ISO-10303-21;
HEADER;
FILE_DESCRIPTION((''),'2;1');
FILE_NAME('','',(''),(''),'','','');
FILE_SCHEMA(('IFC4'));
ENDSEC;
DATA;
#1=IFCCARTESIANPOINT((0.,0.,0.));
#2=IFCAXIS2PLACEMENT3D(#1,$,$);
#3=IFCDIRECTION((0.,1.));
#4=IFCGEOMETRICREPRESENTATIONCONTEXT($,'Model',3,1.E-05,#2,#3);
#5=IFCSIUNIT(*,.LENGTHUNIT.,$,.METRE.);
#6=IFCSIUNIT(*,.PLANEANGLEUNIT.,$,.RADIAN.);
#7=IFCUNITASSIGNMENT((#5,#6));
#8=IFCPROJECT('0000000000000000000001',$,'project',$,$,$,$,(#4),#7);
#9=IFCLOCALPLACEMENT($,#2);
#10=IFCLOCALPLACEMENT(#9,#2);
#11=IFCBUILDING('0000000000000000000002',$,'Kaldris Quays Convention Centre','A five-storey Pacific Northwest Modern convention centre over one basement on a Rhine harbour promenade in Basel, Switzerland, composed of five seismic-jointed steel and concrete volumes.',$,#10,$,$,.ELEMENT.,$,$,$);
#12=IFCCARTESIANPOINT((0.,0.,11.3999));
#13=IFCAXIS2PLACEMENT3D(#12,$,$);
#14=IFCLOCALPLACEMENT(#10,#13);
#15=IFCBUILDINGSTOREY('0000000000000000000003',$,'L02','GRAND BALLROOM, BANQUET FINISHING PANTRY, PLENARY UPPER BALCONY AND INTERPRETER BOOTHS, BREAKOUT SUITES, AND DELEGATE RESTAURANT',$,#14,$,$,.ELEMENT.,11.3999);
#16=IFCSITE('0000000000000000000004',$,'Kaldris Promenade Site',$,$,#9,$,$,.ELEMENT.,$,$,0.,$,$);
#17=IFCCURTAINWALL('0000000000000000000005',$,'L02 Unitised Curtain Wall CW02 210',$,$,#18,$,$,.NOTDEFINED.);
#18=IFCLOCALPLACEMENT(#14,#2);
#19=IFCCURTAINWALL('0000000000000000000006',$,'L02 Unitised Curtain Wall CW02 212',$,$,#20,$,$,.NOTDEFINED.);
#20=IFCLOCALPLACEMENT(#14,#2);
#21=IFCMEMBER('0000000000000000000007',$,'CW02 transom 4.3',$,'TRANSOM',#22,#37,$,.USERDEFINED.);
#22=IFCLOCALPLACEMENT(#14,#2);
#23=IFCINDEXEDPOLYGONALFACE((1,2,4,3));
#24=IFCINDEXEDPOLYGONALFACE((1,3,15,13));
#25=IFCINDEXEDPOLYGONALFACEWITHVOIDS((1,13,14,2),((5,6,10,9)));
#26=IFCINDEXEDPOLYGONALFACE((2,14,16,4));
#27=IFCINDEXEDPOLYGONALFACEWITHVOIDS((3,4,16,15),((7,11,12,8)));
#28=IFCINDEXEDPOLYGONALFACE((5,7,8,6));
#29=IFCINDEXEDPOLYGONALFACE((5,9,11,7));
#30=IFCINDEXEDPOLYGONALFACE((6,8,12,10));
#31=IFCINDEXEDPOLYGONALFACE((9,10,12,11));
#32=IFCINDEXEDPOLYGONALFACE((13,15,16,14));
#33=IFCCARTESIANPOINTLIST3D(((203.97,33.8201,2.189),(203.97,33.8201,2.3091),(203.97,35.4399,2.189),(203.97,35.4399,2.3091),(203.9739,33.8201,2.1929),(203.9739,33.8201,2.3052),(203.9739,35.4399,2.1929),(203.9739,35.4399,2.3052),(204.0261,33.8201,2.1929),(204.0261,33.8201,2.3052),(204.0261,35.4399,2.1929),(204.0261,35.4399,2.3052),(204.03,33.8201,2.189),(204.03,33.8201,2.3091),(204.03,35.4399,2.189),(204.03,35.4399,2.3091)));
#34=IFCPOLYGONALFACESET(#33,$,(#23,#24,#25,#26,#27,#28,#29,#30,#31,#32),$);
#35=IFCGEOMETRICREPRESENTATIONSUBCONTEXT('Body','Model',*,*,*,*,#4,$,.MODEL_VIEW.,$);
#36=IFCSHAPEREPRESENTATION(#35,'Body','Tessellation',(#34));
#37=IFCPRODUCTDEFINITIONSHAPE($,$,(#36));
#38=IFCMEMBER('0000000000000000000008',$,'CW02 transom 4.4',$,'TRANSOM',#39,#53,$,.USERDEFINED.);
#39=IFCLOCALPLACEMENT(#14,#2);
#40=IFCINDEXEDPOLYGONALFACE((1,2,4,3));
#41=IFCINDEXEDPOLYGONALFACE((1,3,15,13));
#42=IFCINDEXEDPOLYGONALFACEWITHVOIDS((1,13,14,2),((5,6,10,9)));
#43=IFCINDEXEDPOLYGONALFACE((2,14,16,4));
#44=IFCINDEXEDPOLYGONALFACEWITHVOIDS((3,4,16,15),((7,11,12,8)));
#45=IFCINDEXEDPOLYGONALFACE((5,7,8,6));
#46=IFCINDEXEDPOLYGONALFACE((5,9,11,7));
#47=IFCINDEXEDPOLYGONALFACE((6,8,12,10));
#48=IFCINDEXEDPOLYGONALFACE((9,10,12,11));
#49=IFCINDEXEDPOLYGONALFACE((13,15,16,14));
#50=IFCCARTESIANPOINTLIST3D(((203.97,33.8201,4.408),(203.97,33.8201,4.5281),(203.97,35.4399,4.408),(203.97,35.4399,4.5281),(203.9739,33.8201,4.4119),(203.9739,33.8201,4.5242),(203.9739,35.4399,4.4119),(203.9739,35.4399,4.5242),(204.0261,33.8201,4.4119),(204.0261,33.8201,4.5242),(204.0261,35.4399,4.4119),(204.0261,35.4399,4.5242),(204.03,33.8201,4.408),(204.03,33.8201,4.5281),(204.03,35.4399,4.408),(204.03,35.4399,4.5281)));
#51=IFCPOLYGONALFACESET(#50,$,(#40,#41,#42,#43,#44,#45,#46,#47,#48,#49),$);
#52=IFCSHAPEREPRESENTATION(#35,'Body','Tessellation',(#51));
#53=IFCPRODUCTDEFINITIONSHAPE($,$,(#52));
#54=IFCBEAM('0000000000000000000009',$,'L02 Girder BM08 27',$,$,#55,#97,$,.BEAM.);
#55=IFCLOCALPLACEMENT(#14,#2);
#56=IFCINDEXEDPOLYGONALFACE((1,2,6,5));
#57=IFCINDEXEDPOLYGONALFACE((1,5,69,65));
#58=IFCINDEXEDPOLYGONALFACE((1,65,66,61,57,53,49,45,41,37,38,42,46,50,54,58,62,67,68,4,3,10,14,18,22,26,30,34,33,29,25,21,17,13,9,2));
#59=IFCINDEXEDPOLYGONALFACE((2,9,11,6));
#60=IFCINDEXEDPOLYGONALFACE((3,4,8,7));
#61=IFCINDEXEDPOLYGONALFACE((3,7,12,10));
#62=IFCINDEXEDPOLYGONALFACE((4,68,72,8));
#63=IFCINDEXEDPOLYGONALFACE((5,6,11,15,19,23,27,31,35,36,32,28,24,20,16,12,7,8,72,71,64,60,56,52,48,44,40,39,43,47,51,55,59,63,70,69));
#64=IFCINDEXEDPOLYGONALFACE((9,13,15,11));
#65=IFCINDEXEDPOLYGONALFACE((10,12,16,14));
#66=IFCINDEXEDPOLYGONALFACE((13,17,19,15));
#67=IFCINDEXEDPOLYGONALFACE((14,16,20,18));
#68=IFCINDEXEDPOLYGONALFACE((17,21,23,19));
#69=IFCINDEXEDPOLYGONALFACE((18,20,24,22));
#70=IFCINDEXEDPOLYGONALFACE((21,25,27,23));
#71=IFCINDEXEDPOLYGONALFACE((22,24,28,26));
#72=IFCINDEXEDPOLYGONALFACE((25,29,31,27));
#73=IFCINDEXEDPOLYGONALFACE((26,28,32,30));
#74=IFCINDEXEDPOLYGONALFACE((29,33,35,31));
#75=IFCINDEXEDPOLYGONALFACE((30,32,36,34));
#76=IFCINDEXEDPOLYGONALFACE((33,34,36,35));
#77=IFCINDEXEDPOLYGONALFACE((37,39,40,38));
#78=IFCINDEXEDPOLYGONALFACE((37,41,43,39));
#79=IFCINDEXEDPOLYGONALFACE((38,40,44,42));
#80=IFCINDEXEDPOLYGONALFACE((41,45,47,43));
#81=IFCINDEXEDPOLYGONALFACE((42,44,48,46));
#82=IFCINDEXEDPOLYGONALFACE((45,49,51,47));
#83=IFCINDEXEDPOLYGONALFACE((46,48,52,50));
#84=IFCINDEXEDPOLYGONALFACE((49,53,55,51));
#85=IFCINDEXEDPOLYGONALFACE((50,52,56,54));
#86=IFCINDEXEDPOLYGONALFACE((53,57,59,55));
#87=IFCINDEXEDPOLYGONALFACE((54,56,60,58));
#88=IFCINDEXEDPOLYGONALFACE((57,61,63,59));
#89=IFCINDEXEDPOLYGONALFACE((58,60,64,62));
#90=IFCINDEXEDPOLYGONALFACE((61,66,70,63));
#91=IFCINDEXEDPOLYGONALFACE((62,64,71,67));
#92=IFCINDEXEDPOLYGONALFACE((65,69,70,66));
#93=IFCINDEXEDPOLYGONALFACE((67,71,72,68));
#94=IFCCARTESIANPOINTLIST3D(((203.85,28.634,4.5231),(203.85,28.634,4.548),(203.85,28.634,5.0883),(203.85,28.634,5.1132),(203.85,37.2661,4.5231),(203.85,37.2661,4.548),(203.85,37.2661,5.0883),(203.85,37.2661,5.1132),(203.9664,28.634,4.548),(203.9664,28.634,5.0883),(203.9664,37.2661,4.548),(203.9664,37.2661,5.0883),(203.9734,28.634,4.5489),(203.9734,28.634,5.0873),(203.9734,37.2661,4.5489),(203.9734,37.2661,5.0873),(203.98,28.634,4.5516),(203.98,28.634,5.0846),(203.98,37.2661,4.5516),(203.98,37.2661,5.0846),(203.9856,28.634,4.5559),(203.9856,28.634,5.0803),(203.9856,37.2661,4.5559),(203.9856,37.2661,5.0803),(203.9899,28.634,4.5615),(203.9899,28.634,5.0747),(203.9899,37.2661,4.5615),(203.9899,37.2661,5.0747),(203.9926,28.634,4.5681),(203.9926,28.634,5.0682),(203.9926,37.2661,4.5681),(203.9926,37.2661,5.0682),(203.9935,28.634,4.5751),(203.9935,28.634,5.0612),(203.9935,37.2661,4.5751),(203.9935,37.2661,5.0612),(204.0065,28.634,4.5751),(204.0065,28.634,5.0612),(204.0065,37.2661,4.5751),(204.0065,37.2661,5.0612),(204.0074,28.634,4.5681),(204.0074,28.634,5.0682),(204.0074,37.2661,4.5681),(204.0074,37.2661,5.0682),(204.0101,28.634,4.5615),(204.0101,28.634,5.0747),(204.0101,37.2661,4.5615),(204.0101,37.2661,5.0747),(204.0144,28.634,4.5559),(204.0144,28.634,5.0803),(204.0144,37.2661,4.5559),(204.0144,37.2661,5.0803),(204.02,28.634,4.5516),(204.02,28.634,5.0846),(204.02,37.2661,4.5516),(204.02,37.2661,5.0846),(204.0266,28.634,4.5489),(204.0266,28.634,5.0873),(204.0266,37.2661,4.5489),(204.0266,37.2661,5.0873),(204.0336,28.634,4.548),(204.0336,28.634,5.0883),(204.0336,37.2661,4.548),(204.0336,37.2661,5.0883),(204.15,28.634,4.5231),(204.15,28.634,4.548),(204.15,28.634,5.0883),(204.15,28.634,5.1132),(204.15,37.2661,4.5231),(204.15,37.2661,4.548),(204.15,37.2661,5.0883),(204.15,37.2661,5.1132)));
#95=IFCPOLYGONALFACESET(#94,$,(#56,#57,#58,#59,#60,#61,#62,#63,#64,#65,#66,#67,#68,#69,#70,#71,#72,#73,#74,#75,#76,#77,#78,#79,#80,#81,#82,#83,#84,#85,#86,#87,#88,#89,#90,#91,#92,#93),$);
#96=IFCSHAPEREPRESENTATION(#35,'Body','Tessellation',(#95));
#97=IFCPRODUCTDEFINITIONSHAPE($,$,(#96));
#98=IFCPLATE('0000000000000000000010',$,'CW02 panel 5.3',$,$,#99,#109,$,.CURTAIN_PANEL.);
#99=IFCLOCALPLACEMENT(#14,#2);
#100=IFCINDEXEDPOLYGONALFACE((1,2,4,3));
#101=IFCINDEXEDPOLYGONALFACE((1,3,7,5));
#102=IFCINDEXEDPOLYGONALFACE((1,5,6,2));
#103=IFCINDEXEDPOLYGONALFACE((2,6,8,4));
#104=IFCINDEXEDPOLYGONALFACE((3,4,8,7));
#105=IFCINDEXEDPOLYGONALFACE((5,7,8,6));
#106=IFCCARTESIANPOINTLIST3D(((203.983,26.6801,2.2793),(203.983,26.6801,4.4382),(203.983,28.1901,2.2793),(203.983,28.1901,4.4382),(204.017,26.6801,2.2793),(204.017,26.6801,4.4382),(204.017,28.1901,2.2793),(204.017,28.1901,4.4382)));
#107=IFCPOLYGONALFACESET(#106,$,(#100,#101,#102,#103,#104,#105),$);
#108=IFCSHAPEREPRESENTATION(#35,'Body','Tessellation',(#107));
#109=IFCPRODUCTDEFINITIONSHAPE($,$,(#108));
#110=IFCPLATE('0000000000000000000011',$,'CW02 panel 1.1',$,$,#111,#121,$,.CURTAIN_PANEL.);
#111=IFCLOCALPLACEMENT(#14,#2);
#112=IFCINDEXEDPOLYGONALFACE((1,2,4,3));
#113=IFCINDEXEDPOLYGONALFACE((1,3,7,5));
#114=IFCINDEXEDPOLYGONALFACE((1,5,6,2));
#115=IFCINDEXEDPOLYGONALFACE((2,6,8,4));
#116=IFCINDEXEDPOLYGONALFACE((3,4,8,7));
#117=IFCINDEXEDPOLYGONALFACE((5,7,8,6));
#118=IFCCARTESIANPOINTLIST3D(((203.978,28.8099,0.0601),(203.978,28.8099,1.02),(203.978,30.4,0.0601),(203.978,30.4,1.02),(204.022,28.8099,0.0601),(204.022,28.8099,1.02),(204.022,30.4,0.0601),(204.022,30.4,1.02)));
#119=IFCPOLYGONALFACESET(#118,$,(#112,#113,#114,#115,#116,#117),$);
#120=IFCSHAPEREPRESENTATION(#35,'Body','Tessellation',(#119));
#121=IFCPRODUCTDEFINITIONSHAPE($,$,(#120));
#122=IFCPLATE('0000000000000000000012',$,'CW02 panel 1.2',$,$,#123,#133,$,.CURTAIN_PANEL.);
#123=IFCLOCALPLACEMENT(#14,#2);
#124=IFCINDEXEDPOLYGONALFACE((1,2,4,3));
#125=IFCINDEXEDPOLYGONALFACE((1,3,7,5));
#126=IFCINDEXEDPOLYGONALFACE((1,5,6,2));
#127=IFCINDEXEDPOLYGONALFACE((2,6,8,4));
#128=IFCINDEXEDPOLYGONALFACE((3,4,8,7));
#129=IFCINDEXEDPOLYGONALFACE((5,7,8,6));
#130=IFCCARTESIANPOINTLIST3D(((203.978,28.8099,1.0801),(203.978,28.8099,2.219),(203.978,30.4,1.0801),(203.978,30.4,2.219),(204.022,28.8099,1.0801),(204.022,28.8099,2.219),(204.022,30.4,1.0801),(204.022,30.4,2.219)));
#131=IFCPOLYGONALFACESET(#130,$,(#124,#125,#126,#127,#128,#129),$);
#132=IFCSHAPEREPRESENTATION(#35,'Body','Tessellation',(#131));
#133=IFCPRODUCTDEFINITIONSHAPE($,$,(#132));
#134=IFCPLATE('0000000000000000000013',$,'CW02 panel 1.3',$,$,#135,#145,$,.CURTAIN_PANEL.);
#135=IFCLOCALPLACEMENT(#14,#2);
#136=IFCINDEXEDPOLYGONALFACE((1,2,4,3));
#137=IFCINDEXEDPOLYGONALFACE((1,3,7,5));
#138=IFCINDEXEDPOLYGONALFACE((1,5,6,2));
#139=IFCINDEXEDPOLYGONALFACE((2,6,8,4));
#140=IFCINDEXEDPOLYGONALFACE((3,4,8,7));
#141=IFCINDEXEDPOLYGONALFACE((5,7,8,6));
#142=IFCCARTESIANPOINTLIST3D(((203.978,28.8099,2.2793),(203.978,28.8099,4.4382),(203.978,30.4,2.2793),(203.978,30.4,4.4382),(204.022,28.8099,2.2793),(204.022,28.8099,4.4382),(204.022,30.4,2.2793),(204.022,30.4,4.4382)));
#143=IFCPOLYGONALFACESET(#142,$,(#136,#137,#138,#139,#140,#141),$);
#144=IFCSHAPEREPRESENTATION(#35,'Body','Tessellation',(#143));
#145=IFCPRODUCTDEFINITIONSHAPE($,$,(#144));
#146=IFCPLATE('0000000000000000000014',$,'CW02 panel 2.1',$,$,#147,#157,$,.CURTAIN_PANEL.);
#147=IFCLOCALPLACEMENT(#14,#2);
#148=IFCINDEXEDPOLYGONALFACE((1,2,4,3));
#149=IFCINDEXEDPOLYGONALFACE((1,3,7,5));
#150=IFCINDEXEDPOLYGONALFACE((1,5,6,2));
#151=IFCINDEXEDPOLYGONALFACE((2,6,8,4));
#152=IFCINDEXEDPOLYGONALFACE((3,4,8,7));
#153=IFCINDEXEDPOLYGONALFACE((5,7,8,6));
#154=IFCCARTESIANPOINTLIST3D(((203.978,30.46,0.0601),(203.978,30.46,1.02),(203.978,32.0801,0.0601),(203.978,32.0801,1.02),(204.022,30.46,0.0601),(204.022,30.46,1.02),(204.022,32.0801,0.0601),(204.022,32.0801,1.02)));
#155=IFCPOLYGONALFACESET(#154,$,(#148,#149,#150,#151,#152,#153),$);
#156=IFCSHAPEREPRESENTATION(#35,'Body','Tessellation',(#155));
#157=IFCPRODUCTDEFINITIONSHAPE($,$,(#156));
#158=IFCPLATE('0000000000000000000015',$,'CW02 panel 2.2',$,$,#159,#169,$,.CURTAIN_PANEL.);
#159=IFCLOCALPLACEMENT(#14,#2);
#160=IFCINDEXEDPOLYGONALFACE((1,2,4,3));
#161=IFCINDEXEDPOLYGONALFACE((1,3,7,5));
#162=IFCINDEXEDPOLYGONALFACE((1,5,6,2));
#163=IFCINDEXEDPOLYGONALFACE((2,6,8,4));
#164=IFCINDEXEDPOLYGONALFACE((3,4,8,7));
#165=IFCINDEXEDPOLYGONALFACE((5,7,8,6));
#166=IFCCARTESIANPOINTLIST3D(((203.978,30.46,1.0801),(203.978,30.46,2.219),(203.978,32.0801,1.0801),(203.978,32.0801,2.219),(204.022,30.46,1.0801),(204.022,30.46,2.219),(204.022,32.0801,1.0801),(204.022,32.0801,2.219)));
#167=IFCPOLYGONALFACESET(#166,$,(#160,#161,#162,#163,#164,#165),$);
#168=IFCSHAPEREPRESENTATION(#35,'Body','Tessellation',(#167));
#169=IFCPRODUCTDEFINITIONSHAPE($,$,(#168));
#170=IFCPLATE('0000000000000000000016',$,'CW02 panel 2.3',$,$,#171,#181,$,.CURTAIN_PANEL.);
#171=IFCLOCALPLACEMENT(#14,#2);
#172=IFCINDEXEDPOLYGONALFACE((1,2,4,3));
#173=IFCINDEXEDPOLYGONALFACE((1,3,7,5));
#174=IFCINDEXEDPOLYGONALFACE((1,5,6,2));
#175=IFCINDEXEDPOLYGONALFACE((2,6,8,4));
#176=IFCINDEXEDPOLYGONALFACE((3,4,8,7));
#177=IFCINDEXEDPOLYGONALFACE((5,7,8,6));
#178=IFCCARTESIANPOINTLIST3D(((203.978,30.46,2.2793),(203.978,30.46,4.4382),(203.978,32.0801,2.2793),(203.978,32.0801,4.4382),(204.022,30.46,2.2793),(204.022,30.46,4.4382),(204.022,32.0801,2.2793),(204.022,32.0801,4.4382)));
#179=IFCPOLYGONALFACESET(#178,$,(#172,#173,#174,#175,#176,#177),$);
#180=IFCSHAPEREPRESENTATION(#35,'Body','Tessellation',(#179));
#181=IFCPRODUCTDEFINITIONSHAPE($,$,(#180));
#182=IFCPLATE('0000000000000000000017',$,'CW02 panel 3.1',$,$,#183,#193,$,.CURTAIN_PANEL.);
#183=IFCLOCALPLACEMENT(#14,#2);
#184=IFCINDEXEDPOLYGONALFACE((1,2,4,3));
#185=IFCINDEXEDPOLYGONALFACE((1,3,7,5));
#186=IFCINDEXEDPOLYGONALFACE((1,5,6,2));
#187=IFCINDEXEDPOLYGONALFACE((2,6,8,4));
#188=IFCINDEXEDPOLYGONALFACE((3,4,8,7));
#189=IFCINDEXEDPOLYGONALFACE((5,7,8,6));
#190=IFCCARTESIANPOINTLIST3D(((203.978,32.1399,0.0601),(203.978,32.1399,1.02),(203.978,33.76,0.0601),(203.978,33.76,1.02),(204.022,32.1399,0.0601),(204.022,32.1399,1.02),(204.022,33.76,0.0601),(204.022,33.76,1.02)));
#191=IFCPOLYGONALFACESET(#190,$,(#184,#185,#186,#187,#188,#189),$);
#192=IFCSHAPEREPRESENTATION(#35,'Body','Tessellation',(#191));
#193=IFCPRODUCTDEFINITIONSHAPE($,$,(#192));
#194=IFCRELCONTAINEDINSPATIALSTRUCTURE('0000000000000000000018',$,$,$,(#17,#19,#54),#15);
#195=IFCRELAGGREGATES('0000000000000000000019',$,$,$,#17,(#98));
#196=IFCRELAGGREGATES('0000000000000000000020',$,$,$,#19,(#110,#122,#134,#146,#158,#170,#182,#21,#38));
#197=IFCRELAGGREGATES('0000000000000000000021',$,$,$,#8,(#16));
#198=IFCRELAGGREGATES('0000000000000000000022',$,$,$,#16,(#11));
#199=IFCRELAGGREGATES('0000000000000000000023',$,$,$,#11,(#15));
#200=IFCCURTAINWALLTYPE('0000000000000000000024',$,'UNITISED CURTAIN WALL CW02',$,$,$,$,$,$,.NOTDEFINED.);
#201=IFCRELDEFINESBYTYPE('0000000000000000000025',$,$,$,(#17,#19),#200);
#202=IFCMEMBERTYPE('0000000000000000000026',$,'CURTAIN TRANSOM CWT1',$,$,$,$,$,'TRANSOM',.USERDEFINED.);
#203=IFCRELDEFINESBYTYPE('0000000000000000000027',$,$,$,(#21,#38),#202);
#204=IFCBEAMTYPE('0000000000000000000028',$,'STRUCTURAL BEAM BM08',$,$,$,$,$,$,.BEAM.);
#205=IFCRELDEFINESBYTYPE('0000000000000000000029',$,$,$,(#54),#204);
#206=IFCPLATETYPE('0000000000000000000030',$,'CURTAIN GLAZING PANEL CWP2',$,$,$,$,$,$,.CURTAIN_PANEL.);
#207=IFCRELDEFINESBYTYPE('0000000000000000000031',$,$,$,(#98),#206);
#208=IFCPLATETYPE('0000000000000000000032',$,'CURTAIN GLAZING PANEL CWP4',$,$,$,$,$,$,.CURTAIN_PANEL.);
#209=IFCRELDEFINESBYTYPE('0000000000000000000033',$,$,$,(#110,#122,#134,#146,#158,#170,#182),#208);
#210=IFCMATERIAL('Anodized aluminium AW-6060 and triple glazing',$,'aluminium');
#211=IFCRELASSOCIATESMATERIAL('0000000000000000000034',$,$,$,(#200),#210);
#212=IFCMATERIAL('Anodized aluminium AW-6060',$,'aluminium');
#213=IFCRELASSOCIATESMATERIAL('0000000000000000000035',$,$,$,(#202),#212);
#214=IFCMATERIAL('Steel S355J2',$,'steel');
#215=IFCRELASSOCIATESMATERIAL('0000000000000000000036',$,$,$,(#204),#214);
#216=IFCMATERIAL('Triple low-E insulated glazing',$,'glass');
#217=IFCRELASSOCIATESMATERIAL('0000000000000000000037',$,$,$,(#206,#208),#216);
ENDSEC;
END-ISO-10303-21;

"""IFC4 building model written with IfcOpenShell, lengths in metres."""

from ifc_helpers import new_model, si_unit, direction, frame, origin, origin_2d, place, context, subcontext, project, spatial, rectangle, hollow_rectangle, i_section, extrude, material, material_profile, profile_set, type_object, element, aggregate, save


model = new_model("IFC4")

# Units and contexts
model_context = context("Model", 3, precision=1e-05, world=origin(), true_north=direction((0.0, 1.0)))
body_context = subcontext(model_context, "Body", "Model", "MODEL_VIEW")
ifc_project = project(units=[si_unit("LENGTHUNIT", "METRE"), si_unit("PLANEANGLEUNIT", "RADIAN")], contexts=[model_context])

# Site, building, storey
site_placement = place(None, origin())
site = spatial("IfcSite", under=ifc_project, at=site_placement, Name="Kaldris Promenade Site", CompositionType="ELEMENT", RefElevation=0.0)
building_placement = place(site_placement, origin())
building = spatial("IfcBuilding", under=site, at=building_placement, Name="Kaldris Quays Convention Centre", Description="A five-storey Pacific Northwest Modern convention centre over one basement on a Rhine harbour promenade in Basel, Switzerland, composed of five seismic-jointed steel and concrete volumes.", CompositionType="ELEMENT")
storey_placement = place(building_placement, frame((0.0, 0.0, 11.3999)))
storey = spatial("IfcBuildingStorey", under=building, at=storey_placement, Name="L02", Description="GRAND BALLROOM, BANQUET FINISHING PANTRY, PLENARY UPPER BALCONY AND INTERPRETER BOOTHS, BREAKOUT SUITES, AND DELEGATE RESTAURANT", CompositionType="ELEMENT", Elevation=11.3999)

# Shared definitions
ifc_material_1 = material(Name="Steel S355J2", Category="steel")

# Curtain wall
ifc_material_2 = material(Name="Anodized aluminium AW-6060 and triple glazing", Category="aluminium")
curtain_wall_type = type_object("IfcCurtainWallType", Name="UNITISED CURTAIN WALL CW02", PredefinedType="NOTDEFINED", material=ifc_material_2)
curtain_wall_1_placement = place(storey_placement, origin())
curtain_wall_1 = element("IfcCurtainWall", 1, at=curtain_wall_1_placement, inside=storey, type_object=curtain_wall_type, Name="L02 Unitised Curtain Wall CW02 210", PredefinedType="NOTDEFINED")
ifc_material_3 = material(Name="Anodized aluminium AW-6060", Category="aluminium")

# Curtain wall, members
curtain_wall_2_placement = place(storey_placement, origin())
curtain_wall_2 = element("IfcCurtainWall", 2, at=curtain_wall_2_placement, inside=storey, type_object=curtain_wall_type, Name="L02 Unitised Curtain Wall CW02 212", PredefinedType="NOTDEFINED")
ifc_material_profile_1 = material_profile(ifc_material_3, hollow_rectangle(XDim=0.0601, YDim=0.1201, WallThickness=0.0039, at=origin_2d()), Name="RHS 120x60x4")
ifc_profile_set_1 = profile_set([ifc_material_profile_1], Name="Anodized aluminium AW-6060")
member_type_1 = type_object("IfcMemberType", Name="CURTAIN TRANSOM CWT1", ElementType="TRANSOM", PredefinedType="USERDEFINED", material=ifc_profile_set_1)
member_1_placement = place(storey_placement, frame((204.0, 33.8201, 2.249), z_axis=(0.0, 1.0, 0.0), x_axis=(-1.0, 0.0, 0.0)))
member_1 = element("IfcMember", 3, at=member_1_placement, type_object=member_type_1, Name="CW02 transom 4.3", ObjectType="TRANSOM", PredefinedType="USERDEFINED", context=body_context, shape_type="SweptSolid", body=[
    extrude(hollow_rectangle(XDim=0.0601, YDim=0.1201, WallThickness=0.0039, at=origin_2d()), origin(), (0.0, 0.0, 1.0), 1.6199),
])
member_2_placement = place(storey_placement, frame((204.0, 33.8201, 4.468), z_axis=(0.0, 1.0, 0.0), x_axis=(-1.0, 0.0, 0.0)))
member_2 = element("IfcMember", 4, at=member_2_placement, type_object=member_type_1, Name="CW02 transom 4.4", ObjectType="TRANSOM", PredefinedType="USERDEFINED", context=body_context, shape_type="SweptSolid", body=[
    extrude(hollow_rectangle(XDim=0.0601, YDim=0.1201, WallThickness=0.0039, at=origin_2d()), origin(), (0.0, 0.0, 1.0), 1.6199),
])

# Beam
ifc_material_profile_2 = material_profile(ifc_material_1, i_section(OverallWidth=0.3, OverallDepth=0.5901, WebThickness=0.0129, FlangeThickness=0.0249, FilletRadius=0.0271, at=origin_2d()), Name="HEA 600")
ifc_profile_set_2 = profile_set([ifc_material_profile_2], Name="Steel S355J2")
beam_type = type_object("IfcBeamType", Name="STRUCTURAL BEAM BM08", PredefinedType="BEAM", material=ifc_profile_set_2)
beam_placement = place(storey_placement, frame((204.0, 28.634, 4.8181), z_axis=(0.0, 1.0, 0.0), x_axis=(-1.0, 0.0, 0.0)))
element("IfcBeam", 5, at=beam_placement, inside=storey, type_object=beam_type, Name="L02 Girder BM08 27", PredefinedType="BEAM", context=body_context, shape_type="SweptSolid", body=[
    extrude(i_section(OverallWidth=0.3, OverallDepth=0.5901, WebThickness=0.0129, FlangeThickness=0.0249, FilletRadius=0.0271, at=origin_2d()), origin(), (0.0, 0.0, 1.0), 8.6321),
])

# Plates
ifc_material_4 = material(Name="Triple low-E insulated glazing", Category="glass")
plate_type_1 = type_object("IfcPlateType", Name="CURTAIN GLAZING PANEL CWP2", PredefinedType="CURTAIN_PANEL", material=ifc_material_4)
plate_1_placement = place(storey_placement, frame((204.0, 27.4351, 2.2793), z_axis=(0.0, 0.0, 1.0), x_axis=(0.0, 1.0, 0.0)))
plate_1 = element("IfcPlate", 6, at=plate_1_placement, type_object=plate_type_1, Name="CW02 panel 5.3", PredefinedType="CURTAIN_PANEL", context=body_context, shape_type="SweptSolid", body=[
    extrude(rectangle(XDim=1.51, YDim=0.0339, at=origin_2d()), origin(), (0.0, 0.0, 1.0), 2.1589),
])
aggregate(curtain_wall_1, [plate_1])
plate_type_2 = type_object("IfcPlateType", Name="CURTAIN GLAZING PANEL CWP4", PredefinedType="CURTAIN_PANEL", material=ifc_material_4)
plate_2_placement = place(storey_placement, frame((204.0, 29.605, 0.0601), z_axis=(0.0, 0.0, 1.0), x_axis=(0.0, 1.0, 0.0)))
plate_2 = element("IfcPlate", 7, at=plate_2_placement, type_object=plate_type_2, Name="CW02 panel 1.1", PredefinedType="CURTAIN_PANEL", context=body_context, shape_type="SweptSolid", body=[
    extrude(rectangle(XDim=1.5901, YDim=0.0439, at=origin_2d()), origin(), (0.0, 0.0, 1.0), 0.96),
])
plate_3_placement = place(storey_placement, frame((204.0, 29.605, 1.0801), z_axis=(0.0, 0.0, 1.0), x_axis=(0.0, 1.0, 0.0)))
plate_3 = element("IfcPlate", 8, at=plate_3_placement, type_object=plate_type_2, Name="CW02 panel 1.2", PredefinedType="CURTAIN_PANEL", context=body_context, shape_type="SweptSolid", body=[
    extrude(rectangle(XDim=1.5901, YDim=0.0439, at=origin_2d()), origin(), (0.0, 0.0, 1.0), 1.1389),
])
plate_4_placement = place(storey_placement, frame((204.0, 29.605, 2.2793), z_axis=(0.0, 0.0, 1.0), x_axis=(0.0, 1.0, 0.0)))
plate_4 = element("IfcPlate", 9, at=plate_4_placement, type_object=plate_type_2, Name="CW02 panel 1.3", PredefinedType="CURTAIN_PANEL", context=body_context, shape_type="SweptSolid", body=[
    extrude(rectangle(XDim=1.5901, YDim=0.0439, at=origin_2d()), origin(), (0.0, 0.0, 1.0), 2.1589),
])
plate_5_placement = place(storey_placement, frame((204.0, 31.27, 0.0601), z_axis=(0.0, 0.0, 1.0), x_axis=(0.0, 1.0, 0.0)))
plate_5 = element("IfcPlate", 10, at=plate_5_placement, type_object=plate_type_2, Name="CW02 panel 2.1", PredefinedType="CURTAIN_PANEL", context=body_context, shape_type="SweptSolid", body=[
    extrude(rectangle(XDim=1.6201, YDim=0.0439, at=origin_2d()), origin(), (0.0, 0.0, 1.0), 0.96),
])
plate_6_placement = place(storey_placement, frame((204.0, 31.27, 1.0801), z_axis=(0.0, 0.0, 1.0), x_axis=(0.0, 1.0, 0.0)))
plate_6 = element("IfcPlate", 11, at=plate_6_placement, type_object=plate_type_2, Name="CW02 panel 2.2", PredefinedType="CURTAIN_PANEL", context=body_context, shape_type="SweptSolid", body=[
    extrude(rectangle(XDim=1.6201, YDim=0.0439, at=origin_2d()), origin(), (0.0, 0.0, 1.0), 1.1389),
])
plate_7_placement = place(storey_placement, frame((204.0, 31.27, 2.2793), z_axis=(0.0, 0.0, 1.0), x_axis=(0.0, 1.0, 0.0)))
plate_7 = element("IfcPlate", 12, at=plate_7_placement, type_object=plate_type_2, Name="CW02 panel 2.3", PredefinedType="CURTAIN_PANEL", context=body_context, shape_type="SweptSolid", body=[
    extrude(rectangle(XDim=1.6201, YDim=0.0439, at=origin_2d()), origin(), (0.0, 0.0, 1.0), 2.1589),
])
plate_8_placement = place(storey_placement, frame((204.0, 32.95, 0.0601), z_axis=(0.0, 0.0, 1.0), x_axis=(0.0, 1.0, 0.0)))
plate_8 = element("IfcPlate", 13, at=plate_8_placement, type_object=plate_type_2, Name="CW02 panel 3.1", PredefinedType="CURTAIN_PANEL", context=body_context, shape_type="SweptSolid", body=[
    extrude(rectangle(XDim=1.6201, YDim=0.0439, at=origin_2d()), origin(), (0.0, 0.0, 1.0), 0.96),
])
aggregate(curtain_wall_2, [plate_2, plate_3, plate_4, plate_5, plate_6, plate_7, plate_8, member_1, member_2])

save(model, "model.ifc")
